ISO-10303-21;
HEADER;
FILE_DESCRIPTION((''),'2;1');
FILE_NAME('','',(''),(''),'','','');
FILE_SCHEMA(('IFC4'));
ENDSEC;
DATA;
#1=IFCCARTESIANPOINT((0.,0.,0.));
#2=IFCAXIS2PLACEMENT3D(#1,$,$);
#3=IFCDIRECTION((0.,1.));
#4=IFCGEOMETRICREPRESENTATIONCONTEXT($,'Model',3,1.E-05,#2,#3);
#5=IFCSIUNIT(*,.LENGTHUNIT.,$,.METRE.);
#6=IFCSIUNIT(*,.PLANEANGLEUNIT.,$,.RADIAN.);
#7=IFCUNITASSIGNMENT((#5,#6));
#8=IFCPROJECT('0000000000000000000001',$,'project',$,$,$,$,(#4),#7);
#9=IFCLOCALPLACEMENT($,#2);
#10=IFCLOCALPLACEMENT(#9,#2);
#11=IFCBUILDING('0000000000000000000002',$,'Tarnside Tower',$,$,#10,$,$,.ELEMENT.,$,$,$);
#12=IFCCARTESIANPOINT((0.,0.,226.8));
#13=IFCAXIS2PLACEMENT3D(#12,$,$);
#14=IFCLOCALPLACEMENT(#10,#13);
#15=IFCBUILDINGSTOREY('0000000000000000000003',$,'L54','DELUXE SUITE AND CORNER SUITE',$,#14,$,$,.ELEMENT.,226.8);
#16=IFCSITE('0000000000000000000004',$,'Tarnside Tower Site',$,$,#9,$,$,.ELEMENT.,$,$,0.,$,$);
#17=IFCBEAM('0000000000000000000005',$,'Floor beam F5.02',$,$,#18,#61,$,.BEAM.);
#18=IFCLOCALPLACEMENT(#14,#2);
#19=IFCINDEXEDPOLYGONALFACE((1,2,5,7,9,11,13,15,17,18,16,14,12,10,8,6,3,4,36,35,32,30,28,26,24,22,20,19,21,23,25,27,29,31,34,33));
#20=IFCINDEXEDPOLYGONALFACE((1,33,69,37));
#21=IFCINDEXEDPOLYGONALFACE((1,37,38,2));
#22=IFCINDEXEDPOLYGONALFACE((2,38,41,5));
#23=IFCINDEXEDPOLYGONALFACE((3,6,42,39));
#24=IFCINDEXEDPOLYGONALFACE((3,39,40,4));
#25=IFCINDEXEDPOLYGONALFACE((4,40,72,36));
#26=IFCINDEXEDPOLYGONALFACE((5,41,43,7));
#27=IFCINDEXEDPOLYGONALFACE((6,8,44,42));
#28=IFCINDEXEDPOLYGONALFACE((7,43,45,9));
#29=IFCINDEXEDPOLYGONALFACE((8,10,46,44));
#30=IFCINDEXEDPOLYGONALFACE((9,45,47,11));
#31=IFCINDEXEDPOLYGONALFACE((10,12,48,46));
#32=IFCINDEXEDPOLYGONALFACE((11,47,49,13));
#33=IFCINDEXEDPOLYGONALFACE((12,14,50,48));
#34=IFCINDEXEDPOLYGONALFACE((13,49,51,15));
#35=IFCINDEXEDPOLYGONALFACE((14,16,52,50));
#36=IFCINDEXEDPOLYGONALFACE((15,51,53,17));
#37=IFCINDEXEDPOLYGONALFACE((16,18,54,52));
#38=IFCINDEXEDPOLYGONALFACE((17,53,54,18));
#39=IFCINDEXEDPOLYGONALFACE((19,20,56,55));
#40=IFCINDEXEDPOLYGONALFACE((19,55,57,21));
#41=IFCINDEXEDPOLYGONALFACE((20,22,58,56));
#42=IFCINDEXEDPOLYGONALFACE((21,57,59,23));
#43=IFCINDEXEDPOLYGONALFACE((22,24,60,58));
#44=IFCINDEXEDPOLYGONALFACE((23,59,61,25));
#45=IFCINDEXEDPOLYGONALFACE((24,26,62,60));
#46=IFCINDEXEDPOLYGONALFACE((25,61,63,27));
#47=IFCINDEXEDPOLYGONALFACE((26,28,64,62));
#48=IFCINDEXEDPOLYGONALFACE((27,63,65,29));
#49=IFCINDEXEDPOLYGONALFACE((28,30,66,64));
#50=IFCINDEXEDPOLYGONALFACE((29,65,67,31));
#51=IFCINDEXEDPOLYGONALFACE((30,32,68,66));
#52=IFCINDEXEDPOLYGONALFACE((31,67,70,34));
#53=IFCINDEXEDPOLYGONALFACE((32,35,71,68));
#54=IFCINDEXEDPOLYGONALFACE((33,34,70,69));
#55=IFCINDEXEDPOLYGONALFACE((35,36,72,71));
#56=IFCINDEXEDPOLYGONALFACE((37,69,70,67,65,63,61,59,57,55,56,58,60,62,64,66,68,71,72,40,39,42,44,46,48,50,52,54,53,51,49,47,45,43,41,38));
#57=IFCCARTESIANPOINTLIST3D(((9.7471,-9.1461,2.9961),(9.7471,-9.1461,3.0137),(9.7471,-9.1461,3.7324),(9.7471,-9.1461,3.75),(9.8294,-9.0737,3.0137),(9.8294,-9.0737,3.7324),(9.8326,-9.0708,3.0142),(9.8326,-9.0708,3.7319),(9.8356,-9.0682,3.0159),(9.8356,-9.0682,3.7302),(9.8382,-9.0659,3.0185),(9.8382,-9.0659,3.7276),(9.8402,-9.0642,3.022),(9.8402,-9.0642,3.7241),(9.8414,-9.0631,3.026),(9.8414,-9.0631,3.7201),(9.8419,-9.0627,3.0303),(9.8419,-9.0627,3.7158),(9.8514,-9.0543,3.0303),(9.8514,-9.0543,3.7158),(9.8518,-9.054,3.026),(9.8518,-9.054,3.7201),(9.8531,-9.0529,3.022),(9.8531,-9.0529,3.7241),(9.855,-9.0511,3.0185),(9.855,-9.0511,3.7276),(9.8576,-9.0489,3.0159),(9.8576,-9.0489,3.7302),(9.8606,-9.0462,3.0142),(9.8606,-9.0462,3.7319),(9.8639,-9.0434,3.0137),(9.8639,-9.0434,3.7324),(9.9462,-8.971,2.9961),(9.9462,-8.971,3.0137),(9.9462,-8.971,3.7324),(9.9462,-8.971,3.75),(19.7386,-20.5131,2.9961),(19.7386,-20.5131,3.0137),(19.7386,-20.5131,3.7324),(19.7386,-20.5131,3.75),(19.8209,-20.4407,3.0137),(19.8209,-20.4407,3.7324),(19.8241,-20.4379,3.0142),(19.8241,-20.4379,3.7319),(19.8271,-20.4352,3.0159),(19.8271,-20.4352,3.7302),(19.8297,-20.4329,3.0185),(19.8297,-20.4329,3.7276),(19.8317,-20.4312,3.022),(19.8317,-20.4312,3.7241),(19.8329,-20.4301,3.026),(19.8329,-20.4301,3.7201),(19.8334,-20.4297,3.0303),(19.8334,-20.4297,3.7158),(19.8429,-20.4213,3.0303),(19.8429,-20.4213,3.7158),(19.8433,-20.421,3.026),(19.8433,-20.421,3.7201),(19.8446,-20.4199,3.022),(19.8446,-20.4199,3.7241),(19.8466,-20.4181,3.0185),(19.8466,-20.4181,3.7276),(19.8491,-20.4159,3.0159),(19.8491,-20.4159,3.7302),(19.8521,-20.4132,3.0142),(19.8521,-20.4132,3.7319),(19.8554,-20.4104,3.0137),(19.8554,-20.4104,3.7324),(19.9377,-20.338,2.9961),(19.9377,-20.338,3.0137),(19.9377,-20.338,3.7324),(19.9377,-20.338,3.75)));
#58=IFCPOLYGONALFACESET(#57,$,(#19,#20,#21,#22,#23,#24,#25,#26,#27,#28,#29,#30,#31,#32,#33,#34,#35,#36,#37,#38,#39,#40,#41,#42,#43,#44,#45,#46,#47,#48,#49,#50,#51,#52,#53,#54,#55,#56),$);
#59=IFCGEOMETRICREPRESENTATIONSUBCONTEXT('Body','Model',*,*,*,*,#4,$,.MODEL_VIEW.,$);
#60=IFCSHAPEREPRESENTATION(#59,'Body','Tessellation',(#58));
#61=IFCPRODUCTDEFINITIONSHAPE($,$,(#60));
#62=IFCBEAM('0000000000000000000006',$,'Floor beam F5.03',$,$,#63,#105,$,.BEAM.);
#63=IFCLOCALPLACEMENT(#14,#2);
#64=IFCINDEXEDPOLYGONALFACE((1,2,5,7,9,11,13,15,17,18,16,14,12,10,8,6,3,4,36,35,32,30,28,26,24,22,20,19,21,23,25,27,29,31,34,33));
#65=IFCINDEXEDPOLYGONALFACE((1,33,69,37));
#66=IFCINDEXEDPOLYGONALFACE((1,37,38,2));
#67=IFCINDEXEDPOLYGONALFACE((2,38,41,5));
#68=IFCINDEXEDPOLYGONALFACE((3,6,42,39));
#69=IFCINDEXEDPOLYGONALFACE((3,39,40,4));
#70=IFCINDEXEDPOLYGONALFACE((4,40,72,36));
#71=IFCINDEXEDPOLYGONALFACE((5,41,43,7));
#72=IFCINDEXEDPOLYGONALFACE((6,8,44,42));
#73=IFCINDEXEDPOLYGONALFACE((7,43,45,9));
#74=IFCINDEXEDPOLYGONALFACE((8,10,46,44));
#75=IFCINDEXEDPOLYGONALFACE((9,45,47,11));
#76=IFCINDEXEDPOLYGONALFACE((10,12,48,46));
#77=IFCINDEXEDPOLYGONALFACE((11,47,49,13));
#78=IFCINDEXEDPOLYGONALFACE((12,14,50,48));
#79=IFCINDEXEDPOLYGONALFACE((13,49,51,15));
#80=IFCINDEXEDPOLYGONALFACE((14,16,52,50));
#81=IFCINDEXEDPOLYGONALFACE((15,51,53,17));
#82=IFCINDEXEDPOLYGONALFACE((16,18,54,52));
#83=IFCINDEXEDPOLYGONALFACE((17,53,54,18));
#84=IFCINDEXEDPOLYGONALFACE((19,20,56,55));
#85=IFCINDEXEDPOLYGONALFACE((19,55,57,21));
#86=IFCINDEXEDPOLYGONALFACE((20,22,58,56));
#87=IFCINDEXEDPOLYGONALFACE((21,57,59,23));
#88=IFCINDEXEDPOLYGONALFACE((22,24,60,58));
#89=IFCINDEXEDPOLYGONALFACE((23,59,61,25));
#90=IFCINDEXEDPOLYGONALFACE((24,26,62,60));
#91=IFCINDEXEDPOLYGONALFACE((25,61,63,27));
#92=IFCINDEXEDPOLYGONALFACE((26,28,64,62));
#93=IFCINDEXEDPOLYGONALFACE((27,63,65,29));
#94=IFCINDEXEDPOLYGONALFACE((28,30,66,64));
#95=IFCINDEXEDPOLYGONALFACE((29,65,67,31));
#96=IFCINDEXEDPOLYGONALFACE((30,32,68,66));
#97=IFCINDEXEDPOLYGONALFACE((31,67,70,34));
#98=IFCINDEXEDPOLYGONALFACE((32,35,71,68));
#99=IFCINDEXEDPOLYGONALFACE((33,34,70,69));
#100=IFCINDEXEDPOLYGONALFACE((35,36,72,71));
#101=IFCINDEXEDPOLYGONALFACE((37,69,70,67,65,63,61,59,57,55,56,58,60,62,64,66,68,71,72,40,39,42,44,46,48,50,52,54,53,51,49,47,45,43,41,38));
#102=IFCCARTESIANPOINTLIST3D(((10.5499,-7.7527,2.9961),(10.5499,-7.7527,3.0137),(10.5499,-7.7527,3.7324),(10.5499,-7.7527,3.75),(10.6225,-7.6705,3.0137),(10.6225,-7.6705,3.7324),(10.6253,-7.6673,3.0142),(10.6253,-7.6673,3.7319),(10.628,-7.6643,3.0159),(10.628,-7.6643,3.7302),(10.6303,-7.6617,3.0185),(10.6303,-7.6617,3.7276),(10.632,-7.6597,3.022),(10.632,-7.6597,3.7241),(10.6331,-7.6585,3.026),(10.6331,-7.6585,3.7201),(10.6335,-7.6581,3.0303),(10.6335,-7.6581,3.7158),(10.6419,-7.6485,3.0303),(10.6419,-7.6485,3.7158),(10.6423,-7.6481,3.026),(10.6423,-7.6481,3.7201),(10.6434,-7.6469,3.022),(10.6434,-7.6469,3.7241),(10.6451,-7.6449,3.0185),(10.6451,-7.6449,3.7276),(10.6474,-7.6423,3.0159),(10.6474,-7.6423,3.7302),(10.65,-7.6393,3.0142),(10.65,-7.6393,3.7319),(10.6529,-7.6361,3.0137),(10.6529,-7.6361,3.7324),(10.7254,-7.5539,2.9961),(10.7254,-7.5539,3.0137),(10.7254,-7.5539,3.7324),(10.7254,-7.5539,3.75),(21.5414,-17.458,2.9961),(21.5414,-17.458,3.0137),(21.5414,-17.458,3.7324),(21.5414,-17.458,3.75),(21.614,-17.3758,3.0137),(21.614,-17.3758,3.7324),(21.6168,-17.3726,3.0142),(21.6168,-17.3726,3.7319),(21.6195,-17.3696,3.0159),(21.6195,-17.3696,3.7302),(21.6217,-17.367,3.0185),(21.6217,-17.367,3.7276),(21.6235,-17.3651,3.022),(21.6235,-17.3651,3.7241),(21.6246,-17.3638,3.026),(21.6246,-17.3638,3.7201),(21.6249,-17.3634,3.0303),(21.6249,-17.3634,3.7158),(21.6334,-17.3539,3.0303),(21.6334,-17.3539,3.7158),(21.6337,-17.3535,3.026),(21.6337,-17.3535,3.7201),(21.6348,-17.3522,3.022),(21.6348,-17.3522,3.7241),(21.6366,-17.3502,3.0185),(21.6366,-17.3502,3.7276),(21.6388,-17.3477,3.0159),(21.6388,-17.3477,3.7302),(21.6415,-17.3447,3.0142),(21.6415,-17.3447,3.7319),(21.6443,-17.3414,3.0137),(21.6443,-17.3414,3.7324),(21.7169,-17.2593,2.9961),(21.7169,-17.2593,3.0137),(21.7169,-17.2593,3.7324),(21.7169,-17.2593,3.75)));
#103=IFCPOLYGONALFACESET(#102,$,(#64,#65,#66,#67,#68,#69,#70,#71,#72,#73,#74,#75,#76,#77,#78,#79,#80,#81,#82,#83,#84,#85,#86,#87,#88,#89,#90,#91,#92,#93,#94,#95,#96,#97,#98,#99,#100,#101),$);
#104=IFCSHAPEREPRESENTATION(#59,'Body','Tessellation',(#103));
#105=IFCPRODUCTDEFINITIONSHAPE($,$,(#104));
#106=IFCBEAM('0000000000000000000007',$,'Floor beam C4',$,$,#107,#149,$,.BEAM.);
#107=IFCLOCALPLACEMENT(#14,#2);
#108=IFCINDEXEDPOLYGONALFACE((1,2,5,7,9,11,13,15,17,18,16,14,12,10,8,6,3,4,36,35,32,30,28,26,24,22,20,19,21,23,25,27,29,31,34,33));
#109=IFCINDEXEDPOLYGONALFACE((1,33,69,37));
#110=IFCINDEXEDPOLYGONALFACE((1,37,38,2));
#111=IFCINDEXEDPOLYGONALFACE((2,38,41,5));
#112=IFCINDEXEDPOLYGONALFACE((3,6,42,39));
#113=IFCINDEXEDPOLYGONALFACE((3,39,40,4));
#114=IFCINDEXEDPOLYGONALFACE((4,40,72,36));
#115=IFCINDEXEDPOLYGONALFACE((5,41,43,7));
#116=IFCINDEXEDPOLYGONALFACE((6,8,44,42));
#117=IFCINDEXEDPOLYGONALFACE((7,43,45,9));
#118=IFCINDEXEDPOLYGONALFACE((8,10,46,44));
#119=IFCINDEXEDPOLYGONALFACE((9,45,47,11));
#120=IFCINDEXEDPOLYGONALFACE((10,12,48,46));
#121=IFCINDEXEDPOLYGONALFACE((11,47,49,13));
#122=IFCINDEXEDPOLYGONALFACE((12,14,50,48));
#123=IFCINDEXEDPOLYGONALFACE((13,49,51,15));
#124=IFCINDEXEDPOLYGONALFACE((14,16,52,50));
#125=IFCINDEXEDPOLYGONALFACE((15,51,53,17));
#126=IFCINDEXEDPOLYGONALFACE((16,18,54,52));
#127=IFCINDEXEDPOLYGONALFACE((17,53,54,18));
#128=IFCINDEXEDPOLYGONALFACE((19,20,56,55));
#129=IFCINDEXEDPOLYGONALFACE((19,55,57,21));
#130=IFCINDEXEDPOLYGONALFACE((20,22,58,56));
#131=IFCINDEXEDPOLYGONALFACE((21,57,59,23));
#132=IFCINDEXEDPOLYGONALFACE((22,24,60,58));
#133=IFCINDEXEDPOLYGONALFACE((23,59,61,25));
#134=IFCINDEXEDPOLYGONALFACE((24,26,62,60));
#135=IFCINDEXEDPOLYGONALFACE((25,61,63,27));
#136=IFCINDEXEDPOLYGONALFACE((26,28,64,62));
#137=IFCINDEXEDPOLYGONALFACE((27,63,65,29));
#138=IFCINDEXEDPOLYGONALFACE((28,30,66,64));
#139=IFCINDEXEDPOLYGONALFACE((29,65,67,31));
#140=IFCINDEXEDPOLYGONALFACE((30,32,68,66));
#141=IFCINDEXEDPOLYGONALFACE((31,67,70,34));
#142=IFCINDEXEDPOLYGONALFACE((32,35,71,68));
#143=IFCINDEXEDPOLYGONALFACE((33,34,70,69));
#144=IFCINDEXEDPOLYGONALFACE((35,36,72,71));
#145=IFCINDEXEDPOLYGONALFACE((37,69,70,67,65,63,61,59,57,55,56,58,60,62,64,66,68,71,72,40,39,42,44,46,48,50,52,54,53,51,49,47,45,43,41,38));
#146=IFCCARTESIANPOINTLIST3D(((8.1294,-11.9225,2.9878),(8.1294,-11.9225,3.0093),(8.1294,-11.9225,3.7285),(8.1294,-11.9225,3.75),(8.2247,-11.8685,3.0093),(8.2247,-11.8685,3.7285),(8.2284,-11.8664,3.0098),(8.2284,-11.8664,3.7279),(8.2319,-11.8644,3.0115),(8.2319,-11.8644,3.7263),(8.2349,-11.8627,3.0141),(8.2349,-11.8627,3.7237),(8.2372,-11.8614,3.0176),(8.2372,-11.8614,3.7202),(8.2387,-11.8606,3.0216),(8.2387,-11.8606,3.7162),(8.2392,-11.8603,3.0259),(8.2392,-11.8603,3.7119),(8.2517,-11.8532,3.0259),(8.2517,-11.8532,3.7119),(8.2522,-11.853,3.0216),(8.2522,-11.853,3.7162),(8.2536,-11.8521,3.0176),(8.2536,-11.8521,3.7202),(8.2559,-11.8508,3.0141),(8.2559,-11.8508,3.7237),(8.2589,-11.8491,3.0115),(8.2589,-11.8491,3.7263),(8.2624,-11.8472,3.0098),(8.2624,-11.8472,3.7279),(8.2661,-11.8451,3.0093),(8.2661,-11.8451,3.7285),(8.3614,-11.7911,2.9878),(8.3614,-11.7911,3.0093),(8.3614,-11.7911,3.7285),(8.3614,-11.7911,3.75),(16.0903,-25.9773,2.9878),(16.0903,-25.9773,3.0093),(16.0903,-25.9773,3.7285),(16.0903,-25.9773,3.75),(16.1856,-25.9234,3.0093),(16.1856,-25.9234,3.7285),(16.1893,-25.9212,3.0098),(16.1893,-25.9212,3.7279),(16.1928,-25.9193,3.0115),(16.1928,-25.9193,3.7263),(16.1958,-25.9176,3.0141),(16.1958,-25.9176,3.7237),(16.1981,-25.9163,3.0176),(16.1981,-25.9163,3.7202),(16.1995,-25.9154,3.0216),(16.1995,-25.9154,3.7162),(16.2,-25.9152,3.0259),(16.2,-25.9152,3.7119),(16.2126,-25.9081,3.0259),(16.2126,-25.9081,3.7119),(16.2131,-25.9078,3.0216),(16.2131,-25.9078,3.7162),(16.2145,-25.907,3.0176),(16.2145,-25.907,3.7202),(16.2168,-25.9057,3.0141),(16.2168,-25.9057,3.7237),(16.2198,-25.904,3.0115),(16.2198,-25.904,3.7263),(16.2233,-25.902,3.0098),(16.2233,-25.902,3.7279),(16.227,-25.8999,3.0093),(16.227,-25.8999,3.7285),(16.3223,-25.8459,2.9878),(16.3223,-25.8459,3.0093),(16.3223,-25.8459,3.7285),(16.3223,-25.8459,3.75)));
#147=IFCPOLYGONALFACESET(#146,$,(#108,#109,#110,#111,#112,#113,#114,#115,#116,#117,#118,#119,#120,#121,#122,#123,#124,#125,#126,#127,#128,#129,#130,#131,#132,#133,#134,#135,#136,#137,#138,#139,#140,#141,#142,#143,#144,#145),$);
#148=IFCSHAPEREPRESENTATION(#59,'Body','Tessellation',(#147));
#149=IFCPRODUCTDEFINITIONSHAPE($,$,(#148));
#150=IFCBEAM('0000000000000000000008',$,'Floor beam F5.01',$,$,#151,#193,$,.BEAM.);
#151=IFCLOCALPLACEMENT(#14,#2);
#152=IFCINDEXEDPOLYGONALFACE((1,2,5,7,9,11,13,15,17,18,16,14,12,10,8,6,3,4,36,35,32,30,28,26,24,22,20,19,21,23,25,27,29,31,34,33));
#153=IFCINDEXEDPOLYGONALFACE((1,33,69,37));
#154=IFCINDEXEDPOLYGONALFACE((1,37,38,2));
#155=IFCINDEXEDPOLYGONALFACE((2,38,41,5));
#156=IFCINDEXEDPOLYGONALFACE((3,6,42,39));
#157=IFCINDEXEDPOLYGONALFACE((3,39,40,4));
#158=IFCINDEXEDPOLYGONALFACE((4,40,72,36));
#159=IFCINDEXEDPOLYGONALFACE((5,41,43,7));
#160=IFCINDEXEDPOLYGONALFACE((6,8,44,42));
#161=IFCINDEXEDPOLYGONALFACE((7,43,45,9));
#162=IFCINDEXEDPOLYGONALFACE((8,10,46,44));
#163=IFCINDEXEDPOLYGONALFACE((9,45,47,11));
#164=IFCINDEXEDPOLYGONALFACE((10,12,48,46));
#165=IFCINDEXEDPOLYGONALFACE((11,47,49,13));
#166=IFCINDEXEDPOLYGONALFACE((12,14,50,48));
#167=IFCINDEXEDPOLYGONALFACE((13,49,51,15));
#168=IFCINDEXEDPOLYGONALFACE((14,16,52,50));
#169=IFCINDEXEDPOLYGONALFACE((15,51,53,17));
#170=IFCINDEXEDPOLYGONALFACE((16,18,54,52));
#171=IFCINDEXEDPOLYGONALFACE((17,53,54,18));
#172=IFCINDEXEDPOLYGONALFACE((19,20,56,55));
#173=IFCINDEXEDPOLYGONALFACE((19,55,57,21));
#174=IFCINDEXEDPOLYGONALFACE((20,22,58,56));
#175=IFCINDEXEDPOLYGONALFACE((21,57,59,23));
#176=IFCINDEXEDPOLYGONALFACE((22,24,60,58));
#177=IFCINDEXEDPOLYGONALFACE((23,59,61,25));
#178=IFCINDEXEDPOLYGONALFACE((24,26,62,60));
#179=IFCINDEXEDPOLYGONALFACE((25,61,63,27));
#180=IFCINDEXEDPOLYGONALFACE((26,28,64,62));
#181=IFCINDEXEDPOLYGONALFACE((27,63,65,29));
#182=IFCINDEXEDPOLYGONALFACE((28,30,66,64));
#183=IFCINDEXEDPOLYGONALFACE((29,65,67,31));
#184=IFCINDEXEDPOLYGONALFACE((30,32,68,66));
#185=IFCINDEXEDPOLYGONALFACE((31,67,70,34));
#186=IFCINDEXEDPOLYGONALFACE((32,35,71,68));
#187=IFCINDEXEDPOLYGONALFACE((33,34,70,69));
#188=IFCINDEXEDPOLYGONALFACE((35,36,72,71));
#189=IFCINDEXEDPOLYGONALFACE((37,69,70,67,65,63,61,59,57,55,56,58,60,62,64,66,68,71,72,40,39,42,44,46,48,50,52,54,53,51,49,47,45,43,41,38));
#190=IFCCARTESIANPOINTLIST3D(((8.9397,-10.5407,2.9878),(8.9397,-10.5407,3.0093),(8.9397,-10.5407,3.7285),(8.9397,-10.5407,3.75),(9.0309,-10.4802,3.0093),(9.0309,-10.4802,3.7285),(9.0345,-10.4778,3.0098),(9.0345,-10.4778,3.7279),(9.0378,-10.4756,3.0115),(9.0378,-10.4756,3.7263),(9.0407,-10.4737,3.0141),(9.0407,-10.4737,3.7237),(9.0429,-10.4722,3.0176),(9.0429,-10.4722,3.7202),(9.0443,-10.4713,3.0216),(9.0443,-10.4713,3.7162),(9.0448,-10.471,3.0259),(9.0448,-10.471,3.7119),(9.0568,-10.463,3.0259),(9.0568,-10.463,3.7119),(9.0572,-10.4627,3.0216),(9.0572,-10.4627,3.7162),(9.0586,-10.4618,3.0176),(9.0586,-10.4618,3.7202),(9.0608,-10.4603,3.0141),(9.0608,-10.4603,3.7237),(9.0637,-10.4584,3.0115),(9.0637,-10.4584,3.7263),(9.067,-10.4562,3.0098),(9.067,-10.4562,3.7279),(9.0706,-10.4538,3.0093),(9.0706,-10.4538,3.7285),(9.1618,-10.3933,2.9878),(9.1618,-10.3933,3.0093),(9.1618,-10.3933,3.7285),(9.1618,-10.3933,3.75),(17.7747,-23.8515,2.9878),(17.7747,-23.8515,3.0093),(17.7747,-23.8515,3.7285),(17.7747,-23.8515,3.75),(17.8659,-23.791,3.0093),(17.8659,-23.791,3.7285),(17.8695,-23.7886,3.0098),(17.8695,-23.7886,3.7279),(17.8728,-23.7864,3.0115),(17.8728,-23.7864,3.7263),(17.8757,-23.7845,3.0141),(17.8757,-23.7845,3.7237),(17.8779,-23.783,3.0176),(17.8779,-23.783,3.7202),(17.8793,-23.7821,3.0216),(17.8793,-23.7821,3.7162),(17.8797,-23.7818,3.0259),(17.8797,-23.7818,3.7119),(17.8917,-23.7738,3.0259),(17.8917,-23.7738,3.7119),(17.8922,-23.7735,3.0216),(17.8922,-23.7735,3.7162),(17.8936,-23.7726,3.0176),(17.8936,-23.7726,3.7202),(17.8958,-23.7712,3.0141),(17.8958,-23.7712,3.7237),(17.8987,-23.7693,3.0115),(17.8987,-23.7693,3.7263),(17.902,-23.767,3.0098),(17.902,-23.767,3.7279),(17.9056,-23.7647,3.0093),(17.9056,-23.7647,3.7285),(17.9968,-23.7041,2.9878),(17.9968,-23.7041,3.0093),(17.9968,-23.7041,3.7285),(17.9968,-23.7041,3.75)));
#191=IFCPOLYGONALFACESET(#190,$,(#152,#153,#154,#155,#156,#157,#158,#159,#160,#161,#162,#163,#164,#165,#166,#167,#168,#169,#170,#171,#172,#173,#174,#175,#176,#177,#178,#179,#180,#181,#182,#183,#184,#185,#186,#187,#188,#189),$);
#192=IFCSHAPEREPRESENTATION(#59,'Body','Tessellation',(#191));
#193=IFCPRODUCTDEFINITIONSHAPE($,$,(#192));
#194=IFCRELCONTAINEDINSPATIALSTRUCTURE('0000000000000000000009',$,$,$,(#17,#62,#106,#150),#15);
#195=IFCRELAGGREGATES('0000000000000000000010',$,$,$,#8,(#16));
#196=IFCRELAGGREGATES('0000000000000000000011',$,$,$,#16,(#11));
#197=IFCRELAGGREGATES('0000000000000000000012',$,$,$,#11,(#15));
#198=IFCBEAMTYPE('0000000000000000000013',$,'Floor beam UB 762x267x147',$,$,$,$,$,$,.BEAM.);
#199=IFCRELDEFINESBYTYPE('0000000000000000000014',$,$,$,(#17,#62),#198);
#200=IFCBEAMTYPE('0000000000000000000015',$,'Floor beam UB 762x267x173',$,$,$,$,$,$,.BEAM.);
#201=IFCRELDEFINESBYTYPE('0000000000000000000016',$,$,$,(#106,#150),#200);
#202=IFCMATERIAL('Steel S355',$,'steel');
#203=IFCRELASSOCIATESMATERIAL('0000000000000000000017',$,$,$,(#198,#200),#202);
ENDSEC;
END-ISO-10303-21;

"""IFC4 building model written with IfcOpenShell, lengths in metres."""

from ifc_helpers import new_model, si_unit, direction, frame, origin, origin_2d, place, context, subcontext, project, spatial, i_section, extrude, material, material_profile, profile_set, type_object, element, save


model = new_model("IFC4")

# Units and contexts
model_context = context("Model", 3, precision=1e-05, world=origin(), true_north=direction((0.0, 1.0)))
body_context = subcontext(model_context, "Body", "Model", "MODEL_VIEW")
ifc_project = project(units=[si_unit("LENGTHUNIT", "METRE"), si_unit("PLANEANGLEUNIT", "RADIAN")], contexts=[model_context])

# Site, building, storey
site_placement = place(None, origin())
site = spatial("IfcSite", under=ifc_project, at=site_placement, Name="Tarnside Tower Site", CompositionType="ELEMENT", RefElevation=0.0)
building_placement = place(site_placement, origin())
building = spatial("IfcBuilding", under=site, at=building_placement, Name="Tarnside Tower", CompositionType="ELEMENT")
storey_placement = place(building_placement, frame((0.0, 0.0, 226.8)))
storey = spatial("IfcBuildingStorey", under=building, at=storey_placement, Name="L54", Description="DELUXE SUITE AND CORNER SUITE", CompositionType="ELEMENT", Elevation=226.8)

# Beams
ifc_material_1 = material(Name="Steel S355", Category="steel")
ifc_material_profile_1 = material_profile(ifc_material_1, i_section(OverallWidth=0.2651, OverallDepth=0.7539, WebThickness=0.0127, FlangeThickness=0.0176, FilletRadius=0.0166, at=origin_2d()), Name="UB 762x267x147")
ifc_profile_set_1 = profile_set([ifc_material_profile_1], Name="Steel S355")
beam_type_1 = type_object("IfcBeamType", Name="Floor beam UB 762x267x147", PredefinedType="BEAM", material=ifc_profile_set_1)
beam_1_placement = place(storey_placement, frame((19.8381, -20.4255, 3.373), z_axis=(-0.660201, 0.751089, 0.0), x_axis=(-0.751089, -0.660201, 0.0)))
element("IfcBeam", 1, at=beam_1_placement, inside=storey, type_object=beam_type_1, Name="Floor beam F5.02", PredefinedType="BEAM", context=body_context, shape_type="SweptSolid", body=[
    extrude(i_section(OverallWidth=0.2651, OverallDepth=0.7539, WebThickness=0.0127, FlangeThickness=0.0176, FilletRadius=0.0166, at=origin_2d()), origin(), (0.0, 0.0, 1.0), 15.134),
])
beam_2_placement = place(storey_placement, frame((21.6292, -17.3586, 3.373), z_axis=(-0.749602, 0.661889, 0.0), x_axis=(-0.661889, -0.749602, 0.0)))
element("IfcBeam", 2, at=beam_2_placement, inside=storey, type_object=beam_type_1, Name="Floor beam F5.03", PredefinedType="BEAM", context=body_context, shape_type="SweptSolid", body=[
    extrude(i_section(OverallWidth=0.2651, OverallDepth=0.7539, WebThickness=0.0127, FlangeThickness=0.0176, FilletRadius=0.0166, at=origin_2d()), origin(), (0.0, 0.0, 1.0), 14.6631),
])
ifc_material_profile_2 = material_profile(ifc_material_1, i_section(OverallWidth=0.2666, OverallDepth=0.7622, WebThickness=0.0144, FlangeThickness=0.0215, FilletRadius=0.0166, at=origin_2d()), Name="UB 762x267x173")
ifc_profile_set_2 = profile_set([ifc_material_profile_2], Name="Steel S355")
beam_type_2 = type_object("IfcBeamType", Name="Floor beam UB 762x267x173", PredefinedType="BEAM", material=ifc_profile_set_2)
beam_3_placement = place(storey_placement, frame((16.2063, -25.9116, 3.3689), z_axis=(-0.492847, 0.870116, 0.0), x_axis=(-0.870116, -0.492847, 0.0)))
element("IfcBeam", 3, at=beam_3_placement, inside=storey, type_object=beam_type_2, Name="Floor beam C4", PredefinedType="BEAM", context=body_context, shape_type="SweptSolid", body=[
    extrude(i_section(OverallWidth=0.2666, OverallDepth=0.7622, WebThickness=0.0144, FlangeThickness=0.0215, FilletRadius=0.0166, at=origin_2d()), origin(), (0.0, 0.0, 1.0), 16.1528),
])
beam_4_placement = place(storey_placement, frame((17.8857, -23.7778, 3.3689), z_axis=(-0.553013, 0.833172, 0.0), x_axis=(-0.833172, -0.553013, 0.0)))
element("IfcBeam", 4, at=beam_4_placement, inside=storey, type_object=beam_type_2, Name="Floor beam F5.01", PredefinedType="BEAM", context=body_context, shape_type="SweptSolid", body=[
    extrude(i_section(OverallWidth=0.2666, OverallDepth=0.7622, WebThickness=0.0144, FlangeThickness=0.0215, FilletRadius=0.0166, at=origin_2d()), origin(), (0.0, 0.0, 1.0), 15.9761),
])

save(model, "model.ifc")
